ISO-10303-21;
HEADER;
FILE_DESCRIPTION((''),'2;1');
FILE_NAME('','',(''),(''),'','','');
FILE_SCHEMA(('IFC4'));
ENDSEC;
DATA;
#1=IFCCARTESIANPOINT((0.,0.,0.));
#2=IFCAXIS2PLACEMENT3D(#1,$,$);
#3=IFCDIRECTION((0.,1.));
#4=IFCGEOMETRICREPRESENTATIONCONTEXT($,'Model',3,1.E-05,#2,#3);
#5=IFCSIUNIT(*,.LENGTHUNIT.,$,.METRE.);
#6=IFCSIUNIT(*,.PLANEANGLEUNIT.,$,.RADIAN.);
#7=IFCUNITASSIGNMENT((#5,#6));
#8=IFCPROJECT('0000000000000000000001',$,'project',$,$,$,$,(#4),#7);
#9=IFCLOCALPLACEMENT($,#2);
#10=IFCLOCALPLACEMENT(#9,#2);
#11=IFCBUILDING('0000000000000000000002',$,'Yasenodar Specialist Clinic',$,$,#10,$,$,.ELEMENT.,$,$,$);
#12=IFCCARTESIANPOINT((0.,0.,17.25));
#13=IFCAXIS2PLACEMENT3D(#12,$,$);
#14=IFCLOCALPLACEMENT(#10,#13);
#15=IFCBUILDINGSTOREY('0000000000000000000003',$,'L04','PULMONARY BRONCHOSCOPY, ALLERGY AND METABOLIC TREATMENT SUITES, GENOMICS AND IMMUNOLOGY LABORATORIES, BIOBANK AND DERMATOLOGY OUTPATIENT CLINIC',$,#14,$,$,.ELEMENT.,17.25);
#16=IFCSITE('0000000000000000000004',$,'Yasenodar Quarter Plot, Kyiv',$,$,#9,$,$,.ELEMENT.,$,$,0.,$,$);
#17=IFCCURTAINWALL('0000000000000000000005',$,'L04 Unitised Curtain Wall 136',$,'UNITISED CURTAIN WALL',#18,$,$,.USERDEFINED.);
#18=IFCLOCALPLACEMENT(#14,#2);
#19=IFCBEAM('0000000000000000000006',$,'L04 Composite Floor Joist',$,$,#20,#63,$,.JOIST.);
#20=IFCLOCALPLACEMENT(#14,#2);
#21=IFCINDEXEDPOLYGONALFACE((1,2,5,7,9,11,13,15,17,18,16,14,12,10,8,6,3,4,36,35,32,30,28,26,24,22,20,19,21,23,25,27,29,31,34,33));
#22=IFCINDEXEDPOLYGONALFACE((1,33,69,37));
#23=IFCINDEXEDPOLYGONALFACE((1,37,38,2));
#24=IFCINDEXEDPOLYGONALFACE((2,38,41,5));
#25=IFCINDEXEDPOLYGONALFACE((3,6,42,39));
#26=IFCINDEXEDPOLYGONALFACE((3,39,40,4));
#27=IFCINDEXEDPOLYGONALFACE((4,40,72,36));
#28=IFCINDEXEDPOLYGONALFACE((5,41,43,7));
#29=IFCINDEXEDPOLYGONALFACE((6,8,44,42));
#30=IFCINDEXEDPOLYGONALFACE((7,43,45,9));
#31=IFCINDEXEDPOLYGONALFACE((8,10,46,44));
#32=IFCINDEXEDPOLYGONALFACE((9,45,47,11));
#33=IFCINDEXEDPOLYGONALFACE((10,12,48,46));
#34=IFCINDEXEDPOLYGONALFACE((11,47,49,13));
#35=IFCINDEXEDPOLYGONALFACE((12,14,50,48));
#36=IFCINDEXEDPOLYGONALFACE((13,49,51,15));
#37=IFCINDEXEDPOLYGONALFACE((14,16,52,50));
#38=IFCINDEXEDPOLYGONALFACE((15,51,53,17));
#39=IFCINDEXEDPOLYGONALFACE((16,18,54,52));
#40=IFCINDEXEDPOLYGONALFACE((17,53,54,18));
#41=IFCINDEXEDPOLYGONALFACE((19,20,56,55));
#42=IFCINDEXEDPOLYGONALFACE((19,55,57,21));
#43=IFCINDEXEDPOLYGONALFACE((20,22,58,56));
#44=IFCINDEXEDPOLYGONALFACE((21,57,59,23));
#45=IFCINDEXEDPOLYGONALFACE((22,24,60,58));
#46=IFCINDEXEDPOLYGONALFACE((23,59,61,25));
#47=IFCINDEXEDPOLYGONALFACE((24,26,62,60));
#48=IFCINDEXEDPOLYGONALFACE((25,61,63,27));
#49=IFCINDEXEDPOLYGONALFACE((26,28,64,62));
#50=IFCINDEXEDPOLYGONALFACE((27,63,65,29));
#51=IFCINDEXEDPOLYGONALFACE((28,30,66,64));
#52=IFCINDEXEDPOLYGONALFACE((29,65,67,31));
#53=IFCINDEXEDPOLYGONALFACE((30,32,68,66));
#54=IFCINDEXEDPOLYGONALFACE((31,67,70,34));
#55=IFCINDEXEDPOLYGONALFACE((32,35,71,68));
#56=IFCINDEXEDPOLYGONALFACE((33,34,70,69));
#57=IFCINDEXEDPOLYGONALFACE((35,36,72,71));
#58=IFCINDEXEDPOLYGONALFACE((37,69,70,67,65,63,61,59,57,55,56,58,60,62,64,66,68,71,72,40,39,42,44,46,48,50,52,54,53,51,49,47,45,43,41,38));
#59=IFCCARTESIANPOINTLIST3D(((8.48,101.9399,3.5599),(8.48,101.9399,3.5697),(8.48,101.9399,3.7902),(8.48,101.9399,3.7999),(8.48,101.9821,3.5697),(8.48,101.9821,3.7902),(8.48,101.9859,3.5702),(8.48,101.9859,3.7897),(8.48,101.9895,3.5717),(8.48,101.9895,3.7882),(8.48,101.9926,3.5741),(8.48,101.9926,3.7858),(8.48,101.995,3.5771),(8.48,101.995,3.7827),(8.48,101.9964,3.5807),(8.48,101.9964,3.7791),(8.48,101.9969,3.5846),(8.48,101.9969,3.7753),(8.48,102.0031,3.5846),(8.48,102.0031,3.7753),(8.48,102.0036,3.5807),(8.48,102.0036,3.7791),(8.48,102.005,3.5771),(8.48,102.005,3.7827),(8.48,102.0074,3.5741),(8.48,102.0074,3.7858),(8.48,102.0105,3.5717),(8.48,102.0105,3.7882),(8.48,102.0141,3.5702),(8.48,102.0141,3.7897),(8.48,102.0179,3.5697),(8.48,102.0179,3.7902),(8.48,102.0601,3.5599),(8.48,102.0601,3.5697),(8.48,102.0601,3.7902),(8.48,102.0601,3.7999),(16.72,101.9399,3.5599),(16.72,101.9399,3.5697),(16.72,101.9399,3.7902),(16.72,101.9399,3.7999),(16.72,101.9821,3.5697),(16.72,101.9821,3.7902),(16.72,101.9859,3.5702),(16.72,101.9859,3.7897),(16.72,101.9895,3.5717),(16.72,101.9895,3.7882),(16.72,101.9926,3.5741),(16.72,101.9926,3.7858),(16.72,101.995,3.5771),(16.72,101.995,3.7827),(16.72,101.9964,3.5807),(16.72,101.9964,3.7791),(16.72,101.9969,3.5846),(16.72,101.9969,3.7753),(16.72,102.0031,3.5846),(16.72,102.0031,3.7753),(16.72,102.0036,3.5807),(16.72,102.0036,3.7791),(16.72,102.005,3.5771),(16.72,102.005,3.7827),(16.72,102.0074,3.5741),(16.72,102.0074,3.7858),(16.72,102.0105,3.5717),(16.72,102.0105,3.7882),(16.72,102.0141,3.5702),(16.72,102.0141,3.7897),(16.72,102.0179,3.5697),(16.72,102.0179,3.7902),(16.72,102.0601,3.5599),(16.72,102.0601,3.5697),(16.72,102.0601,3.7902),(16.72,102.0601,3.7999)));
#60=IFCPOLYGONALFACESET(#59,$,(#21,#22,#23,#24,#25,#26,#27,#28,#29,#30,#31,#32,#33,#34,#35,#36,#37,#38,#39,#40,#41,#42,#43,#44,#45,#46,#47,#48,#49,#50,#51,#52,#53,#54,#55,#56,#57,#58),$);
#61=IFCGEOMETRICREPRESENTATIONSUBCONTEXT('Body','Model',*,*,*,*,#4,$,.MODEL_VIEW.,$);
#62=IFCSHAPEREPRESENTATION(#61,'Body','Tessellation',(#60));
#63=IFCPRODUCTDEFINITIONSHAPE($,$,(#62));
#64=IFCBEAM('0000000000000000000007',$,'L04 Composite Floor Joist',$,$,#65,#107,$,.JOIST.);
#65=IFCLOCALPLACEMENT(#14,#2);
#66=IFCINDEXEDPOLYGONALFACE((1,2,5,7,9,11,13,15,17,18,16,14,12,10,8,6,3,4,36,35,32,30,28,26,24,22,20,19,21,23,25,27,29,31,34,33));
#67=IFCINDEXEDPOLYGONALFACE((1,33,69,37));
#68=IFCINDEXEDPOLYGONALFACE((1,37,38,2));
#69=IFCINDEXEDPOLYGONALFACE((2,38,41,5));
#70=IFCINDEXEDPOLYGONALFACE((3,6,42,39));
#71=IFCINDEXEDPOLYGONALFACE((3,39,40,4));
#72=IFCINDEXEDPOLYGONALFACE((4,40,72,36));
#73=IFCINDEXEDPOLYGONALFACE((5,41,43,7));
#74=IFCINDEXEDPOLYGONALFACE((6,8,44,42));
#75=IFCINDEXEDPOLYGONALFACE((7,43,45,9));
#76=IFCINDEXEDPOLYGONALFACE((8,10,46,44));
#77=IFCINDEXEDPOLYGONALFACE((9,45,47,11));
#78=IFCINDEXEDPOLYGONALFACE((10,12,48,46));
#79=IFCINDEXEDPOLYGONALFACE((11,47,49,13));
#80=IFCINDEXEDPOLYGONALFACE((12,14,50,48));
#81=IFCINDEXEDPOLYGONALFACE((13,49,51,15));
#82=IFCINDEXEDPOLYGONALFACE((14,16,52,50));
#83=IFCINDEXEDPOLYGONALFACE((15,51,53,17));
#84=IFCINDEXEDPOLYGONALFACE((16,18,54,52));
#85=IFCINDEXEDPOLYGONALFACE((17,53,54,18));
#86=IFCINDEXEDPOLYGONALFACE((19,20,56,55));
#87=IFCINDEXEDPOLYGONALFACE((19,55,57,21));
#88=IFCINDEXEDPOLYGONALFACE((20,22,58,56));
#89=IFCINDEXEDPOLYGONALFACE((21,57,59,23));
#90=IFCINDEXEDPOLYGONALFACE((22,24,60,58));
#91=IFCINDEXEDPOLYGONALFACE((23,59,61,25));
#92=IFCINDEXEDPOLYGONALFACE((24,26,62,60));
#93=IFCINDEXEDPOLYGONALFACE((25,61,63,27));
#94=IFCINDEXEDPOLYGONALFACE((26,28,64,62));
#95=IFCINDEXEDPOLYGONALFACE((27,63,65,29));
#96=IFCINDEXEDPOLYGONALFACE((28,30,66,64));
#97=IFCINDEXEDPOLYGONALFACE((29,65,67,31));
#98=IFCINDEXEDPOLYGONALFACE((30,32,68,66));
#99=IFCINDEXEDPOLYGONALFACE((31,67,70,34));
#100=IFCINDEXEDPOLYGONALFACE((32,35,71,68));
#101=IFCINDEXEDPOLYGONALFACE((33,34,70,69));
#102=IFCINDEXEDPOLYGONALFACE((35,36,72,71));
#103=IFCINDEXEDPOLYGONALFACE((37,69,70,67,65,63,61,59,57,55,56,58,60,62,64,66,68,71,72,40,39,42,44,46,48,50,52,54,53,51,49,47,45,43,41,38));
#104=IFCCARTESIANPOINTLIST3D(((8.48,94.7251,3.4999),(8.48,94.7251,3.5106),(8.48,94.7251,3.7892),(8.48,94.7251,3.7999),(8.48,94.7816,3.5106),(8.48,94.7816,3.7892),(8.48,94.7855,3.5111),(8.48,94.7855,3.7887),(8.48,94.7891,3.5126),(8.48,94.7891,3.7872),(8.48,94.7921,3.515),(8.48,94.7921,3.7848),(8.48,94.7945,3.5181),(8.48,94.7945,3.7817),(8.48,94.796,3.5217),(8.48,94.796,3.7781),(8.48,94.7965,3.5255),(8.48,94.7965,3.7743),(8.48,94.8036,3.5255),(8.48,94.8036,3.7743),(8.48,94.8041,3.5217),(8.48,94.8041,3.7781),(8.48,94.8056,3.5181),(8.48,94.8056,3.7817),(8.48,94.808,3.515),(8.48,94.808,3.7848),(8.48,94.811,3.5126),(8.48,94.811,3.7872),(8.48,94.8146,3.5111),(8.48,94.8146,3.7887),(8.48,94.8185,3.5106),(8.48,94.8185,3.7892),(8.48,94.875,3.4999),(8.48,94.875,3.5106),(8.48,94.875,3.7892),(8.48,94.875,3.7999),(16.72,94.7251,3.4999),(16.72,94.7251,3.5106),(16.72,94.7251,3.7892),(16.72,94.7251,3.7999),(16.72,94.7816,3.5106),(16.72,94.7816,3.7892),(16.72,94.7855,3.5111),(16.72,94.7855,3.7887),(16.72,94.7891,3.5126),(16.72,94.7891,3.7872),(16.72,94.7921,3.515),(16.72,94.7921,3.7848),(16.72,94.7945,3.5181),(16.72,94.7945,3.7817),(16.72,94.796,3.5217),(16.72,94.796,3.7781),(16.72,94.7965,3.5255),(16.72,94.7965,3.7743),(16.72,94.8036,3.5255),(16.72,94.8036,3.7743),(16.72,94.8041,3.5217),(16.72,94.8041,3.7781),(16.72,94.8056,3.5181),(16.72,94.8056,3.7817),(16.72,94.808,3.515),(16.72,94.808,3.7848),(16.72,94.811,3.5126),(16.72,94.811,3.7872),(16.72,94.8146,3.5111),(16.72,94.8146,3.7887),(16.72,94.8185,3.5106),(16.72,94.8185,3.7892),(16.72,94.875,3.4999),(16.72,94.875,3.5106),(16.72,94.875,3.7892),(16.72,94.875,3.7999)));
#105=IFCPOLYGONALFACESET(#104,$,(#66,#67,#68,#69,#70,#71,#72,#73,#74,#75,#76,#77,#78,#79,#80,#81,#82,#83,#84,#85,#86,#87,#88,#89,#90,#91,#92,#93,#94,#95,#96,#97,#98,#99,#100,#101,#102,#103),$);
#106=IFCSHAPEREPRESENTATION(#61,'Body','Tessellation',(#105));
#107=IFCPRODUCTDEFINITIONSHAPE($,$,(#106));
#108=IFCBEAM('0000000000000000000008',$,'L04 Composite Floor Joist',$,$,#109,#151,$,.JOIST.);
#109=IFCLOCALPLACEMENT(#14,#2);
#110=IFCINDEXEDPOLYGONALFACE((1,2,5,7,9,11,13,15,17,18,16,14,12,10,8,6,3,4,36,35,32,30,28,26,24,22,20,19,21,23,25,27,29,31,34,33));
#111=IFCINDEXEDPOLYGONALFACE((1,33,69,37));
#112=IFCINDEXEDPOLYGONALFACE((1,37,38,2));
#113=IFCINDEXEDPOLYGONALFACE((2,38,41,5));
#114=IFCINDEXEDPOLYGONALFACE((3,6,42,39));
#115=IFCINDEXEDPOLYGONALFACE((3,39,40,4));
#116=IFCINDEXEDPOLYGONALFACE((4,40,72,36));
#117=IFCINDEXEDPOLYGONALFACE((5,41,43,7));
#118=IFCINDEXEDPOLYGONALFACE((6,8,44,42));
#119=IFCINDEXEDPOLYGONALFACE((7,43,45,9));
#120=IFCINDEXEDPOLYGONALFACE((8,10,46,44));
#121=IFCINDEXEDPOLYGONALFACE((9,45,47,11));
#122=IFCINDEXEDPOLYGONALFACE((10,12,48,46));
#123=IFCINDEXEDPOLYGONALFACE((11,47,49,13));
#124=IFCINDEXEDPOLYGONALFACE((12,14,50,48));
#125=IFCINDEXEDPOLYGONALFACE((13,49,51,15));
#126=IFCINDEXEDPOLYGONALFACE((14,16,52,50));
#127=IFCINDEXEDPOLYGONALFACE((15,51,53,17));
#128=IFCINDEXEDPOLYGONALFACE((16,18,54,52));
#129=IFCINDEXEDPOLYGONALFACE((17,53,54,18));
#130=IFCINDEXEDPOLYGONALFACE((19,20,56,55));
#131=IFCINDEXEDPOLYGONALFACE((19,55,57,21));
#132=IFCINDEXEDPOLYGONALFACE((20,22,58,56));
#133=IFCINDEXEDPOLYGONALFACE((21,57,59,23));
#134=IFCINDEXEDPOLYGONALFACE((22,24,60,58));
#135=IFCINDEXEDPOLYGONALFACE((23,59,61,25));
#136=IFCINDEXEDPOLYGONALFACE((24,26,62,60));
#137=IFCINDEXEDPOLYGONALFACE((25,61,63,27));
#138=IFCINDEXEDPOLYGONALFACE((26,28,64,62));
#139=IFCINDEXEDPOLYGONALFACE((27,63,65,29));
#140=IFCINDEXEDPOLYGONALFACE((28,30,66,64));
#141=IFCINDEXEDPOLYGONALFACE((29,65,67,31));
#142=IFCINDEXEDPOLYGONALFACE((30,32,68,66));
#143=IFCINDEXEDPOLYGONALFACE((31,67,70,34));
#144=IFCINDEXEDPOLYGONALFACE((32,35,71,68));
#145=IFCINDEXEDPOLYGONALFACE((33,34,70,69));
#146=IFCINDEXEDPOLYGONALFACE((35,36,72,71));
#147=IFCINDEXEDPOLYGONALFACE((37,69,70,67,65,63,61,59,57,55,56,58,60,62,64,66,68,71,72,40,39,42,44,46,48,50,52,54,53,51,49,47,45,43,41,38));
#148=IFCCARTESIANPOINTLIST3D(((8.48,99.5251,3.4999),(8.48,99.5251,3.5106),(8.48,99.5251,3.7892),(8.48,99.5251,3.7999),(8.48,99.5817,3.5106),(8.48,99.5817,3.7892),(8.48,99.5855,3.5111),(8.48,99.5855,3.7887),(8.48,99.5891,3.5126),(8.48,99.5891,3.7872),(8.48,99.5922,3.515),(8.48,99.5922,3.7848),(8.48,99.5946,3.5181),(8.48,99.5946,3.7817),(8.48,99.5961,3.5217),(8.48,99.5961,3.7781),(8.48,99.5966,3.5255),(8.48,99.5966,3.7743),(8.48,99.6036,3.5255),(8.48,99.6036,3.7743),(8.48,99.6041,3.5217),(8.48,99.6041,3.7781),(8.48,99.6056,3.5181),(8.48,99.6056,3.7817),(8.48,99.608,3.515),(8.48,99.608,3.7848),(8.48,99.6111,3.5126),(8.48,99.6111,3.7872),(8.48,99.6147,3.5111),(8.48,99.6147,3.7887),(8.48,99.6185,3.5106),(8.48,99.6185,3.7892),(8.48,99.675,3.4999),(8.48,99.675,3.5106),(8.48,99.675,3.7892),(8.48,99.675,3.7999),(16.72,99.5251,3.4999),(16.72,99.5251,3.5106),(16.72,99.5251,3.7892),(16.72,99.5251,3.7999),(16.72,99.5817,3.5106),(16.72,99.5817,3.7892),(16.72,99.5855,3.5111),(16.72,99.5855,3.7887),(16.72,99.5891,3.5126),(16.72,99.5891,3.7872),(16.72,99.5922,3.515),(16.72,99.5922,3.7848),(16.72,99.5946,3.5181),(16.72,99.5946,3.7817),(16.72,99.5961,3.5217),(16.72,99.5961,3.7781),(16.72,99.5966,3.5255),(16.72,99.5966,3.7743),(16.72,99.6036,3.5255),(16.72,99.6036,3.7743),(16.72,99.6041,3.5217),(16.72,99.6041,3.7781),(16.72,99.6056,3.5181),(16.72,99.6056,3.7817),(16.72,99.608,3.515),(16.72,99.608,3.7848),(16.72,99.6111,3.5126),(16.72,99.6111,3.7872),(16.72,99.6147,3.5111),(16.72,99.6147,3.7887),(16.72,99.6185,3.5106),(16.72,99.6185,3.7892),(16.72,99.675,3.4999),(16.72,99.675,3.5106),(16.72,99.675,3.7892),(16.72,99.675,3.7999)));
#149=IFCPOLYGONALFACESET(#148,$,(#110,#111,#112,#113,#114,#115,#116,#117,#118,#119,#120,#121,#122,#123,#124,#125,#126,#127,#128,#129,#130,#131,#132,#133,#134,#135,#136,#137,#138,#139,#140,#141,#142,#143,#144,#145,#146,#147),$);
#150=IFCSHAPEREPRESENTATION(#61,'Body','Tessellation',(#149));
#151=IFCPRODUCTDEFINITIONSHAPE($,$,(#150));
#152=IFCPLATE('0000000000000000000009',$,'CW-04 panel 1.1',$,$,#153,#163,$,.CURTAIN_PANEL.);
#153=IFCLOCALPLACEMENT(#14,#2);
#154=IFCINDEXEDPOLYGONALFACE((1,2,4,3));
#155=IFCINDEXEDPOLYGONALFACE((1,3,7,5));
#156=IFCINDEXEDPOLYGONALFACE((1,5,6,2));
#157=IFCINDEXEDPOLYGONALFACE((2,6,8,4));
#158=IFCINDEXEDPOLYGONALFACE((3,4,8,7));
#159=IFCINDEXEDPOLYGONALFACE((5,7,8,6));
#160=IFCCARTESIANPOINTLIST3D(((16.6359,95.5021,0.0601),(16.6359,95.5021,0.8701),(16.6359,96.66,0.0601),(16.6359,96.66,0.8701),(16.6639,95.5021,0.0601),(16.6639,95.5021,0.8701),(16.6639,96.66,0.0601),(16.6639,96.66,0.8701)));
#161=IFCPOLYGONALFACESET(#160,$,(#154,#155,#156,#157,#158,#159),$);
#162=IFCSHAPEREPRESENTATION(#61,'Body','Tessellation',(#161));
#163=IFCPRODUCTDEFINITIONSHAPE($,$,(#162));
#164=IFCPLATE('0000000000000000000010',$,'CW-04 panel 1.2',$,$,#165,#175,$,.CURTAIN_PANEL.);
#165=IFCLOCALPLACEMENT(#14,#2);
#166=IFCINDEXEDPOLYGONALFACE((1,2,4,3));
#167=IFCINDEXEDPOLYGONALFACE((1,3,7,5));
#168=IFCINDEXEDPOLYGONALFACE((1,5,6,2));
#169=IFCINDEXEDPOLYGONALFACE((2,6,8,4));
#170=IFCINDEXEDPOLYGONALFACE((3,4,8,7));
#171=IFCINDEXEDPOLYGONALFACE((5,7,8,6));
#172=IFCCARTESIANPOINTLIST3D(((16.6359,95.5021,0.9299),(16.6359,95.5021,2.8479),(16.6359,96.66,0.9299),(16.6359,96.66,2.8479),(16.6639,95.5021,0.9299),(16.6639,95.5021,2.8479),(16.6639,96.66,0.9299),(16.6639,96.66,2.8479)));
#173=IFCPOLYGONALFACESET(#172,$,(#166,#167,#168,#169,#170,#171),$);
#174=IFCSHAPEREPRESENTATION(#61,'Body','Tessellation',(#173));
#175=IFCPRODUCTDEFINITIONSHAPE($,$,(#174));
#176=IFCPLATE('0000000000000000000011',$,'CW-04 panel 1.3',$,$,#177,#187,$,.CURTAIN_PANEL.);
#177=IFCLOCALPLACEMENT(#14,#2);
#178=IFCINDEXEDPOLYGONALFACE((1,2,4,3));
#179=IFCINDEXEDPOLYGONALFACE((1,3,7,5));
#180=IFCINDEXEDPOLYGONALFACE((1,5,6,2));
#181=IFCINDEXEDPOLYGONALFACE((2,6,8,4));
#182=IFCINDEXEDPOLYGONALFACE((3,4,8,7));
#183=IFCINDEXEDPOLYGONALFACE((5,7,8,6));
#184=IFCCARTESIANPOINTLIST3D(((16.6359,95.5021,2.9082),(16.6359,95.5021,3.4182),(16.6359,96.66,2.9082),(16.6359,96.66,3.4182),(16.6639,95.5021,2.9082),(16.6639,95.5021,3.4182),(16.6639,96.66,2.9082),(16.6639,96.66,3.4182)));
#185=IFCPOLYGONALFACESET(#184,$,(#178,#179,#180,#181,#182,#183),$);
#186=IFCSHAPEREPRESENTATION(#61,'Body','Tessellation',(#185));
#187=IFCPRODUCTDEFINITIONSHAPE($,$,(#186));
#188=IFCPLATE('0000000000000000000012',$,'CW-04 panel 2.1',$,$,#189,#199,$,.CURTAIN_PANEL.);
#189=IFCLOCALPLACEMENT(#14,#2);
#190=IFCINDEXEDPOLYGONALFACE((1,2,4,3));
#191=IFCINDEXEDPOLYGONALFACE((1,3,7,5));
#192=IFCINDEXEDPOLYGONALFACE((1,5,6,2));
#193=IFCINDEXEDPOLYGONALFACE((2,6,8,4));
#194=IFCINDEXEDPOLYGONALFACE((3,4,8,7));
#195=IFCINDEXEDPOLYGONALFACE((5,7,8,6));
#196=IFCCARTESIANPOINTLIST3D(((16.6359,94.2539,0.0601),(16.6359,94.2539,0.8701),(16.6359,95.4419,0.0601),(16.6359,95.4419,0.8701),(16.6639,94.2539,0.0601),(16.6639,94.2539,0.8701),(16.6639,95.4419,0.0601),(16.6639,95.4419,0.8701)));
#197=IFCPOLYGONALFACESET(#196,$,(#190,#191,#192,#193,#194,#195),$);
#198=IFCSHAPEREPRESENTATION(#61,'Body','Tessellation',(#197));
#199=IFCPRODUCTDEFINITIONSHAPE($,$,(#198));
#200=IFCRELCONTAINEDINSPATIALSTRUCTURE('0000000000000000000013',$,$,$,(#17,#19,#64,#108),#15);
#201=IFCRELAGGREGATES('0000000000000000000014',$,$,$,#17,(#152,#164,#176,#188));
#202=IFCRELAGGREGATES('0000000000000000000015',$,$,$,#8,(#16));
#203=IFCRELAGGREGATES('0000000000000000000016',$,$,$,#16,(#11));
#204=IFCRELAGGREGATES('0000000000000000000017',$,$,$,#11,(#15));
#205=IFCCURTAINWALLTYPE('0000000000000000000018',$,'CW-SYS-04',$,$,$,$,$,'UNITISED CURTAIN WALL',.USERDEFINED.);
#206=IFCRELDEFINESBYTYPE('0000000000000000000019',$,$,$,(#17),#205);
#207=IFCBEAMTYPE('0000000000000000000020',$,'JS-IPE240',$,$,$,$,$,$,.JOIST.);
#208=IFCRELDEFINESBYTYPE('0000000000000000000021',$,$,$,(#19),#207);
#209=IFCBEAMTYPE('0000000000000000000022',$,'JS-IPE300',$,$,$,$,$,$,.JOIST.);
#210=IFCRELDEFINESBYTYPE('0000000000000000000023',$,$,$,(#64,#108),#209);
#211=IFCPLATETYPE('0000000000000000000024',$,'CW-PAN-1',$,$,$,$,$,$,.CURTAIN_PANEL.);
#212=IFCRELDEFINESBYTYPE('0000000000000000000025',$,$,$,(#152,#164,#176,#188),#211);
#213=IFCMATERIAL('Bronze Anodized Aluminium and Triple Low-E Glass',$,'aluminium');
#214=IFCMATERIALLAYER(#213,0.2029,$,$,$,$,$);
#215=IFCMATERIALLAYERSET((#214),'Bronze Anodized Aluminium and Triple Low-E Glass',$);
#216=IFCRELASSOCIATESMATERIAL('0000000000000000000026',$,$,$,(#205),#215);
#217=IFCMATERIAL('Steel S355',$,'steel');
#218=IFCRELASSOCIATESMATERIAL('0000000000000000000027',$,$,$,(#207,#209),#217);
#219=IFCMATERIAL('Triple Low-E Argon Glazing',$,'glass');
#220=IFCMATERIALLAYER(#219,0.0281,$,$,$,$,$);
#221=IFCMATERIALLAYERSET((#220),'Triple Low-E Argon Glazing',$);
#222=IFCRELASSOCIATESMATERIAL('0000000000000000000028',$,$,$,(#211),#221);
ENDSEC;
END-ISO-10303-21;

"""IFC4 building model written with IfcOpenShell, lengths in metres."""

from ifc_helpers import new_model, si_unit, direction, frame, origin, origin_2d, place, context, subcontext, project, spatial, rectangle, i_section, extrude, material, layer, layer_set, material_profile, profile_set, type_object, element, aggregate, save


model = new_model("IFC4")

# Units and contexts
model_context = context("Model", 3, precision=1e-05, world=origin(), true_north=direction((0.0, 1.0)))
body_context = subcontext(model_context, "Body", "Model", "MODEL_VIEW")
ifc_project = project(units=[si_unit("LENGTHUNIT", "METRE"), si_unit("PLANEANGLEUNIT", "RADIAN")], contexts=[model_context])

# Site, building, storey
site_placement = place(None, origin())
site = spatial("IfcSite", under=ifc_project, at=site_placement, Name="Yasenodar Quarter Plot, Kyiv", CompositionType="ELEMENT", RefElevation=0.0)
building_placement = place(site_placement, origin())
building = spatial("IfcBuilding", under=site, at=building_placement, Name="Yasenodar Specialist Clinic", CompositionType="ELEMENT")
storey_placement = place(building_placement, frame((0.0, 0.0, 17.25)))
storey = spatial("IfcBuildingStorey", under=building, at=storey_placement, Name="L04", Description="PULMONARY BRONCHOSCOPY, ALLERGY AND METABOLIC TREATMENT SUITES, GENOMICS AND IMMUNOLOGY LABORATORIES, BIOBANK AND DERMATOLOGY OUTPATIENT CLINIC", CompositionType="ELEMENT", Elevation=17.25)

# Curtain wall
ifc_material_1 = material(Name="Bronze Anodized Aluminium and Triple Low-E Glass", Category="aluminium")
ifc_layer_1 = layer(ifc_material_1, 0.2029)
ifc_layer_set_1 = layer_set([ifc_layer_1], Name="Bronze Anodized Aluminium and Triple Low-E Glass")
curtain_wall_type = type_object("IfcCurtainWallType", Name="CW-SYS-04", ElementType="UNITISED CURTAIN WALL", PredefinedType="USERDEFINED", material=ifc_layer_set_1)
curtain_wall_placement = place(storey_placement, origin())
curtain_wall = element("IfcCurtainWall", 1, at=curtain_wall_placement, inside=storey, type_object=curtain_wall_type, Name="L04 Unitised Curtain Wall 136", ObjectType="UNITISED CURTAIN WALL", PredefinedType="USERDEFINED")

# Beams
ifc_material_2 = material(Name="Steel S355", Category="steel")
ifc_material_profile_1 = material_profile(ifc_material_2, i_section(OverallWidth=0.1201, OverallDepth=0.24, WebThickness=0.0061, FlangeThickness=0.0098, FilletRadius=0.0149, at=origin_2d()), Name="IPE 240")
ifc_profile_set_1 = profile_set([ifc_material_profile_1], Name="Steel S355")
beam_type_1 = type_object("IfcBeamType", Name="JS-IPE240", PredefinedType="JOIST", material=ifc_profile_set_1)
beam_placement = place(storey_placement, frame((8.48, 102.0, 3.6799), z_axis=(1.0, 0.0, 0.0), x_axis=(0.0, 1.0, 0.0)))
element("IfcBeam", 2, at=beam_placement, inside=storey, type_object=beam_type_1, Name="L04 Composite Floor Joist", PredefinedType="JOIST", context=body_context, shape_type="SweptSolid", body=[
    extrude(i_section(OverallWidth=0.1201, OverallDepth=0.24, WebThickness=0.0061, FlangeThickness=0.0098, FilletRadius=0.0149, at=origin_2d()), origin(), (0.0, 0.0, 1.0), 8.24),
])
ifc_material_profile_2 = material_profile(ifc_material_2, i_section(OverallWidth=0.1499, OverallDepth=0.3, WebThickness=0.0071, FlangeThickness=0.0107, FilletRadius=0.0149, at=origin_2d()), Name="IPE 300")
ifc_profile_set_2 = profile_set([ifc_material_profile_2], Name="Steel S355")
beam_type_2 = type_object("IfcBeamType", Name="JS-IPE300", PredefinedType="JOIST", material=ifc_profile_set_2)
for number, where, z_axis, x_axis, name in (
    (3, (8.48, 94.8, 3.6499), (1.0, 0.0, 0.0), (0.0, 1.0, 0.0), "L04 Composite Floor Joist"),
    (4, (8.48, 99.6001, 3.6499), (1.0, 0.0, 0.0), (0.0, 1.0, 0.0), "L04 Composite Floor Joist"),
):
    element("IfcBeam", number, at=place(storey_placement, frame(where, z_axis=z_axis, x_axis=x_axis)), inside=storey, type_object=beam_type_2, Name=name, PredefinedType="JOIST", context=body_context, shape_type="SweptSolid", body=[
        extrude(i_section(OverallWidth=0.1499, OverallDepth=0.3, WebThickness=0.0071, FlangeThickness=0.0107, FilletRadius=0.0149, at=origin_2d()), origin(), (0.0, 0.0, 1.0), 8.24),
    ])

# Plates
ifc_material_3 = material(Name="Triple Low-E Argon Glazing", Category="glass")
ifc_layer_2 = layer(ifc_material_3, 0.0281)
ifc_layer_set_2 = layer_set([ifc_layer_2], Name="Triple Low-E Argon Glazing")
plate_type = type_object("IfcPlateType", Name="CW-PAN-1", PredefinedType="CURTAIN_PANEL", material=ifc_layer_set_2)
plate_1_placement = place(storey_placement, frame((16.6499, 96.0811, 0.0601), z_axis=(0.0, 0.0, 1.0), x_axis=(0.0, -1.0, 0.0)))
plate_1 = element("IfcPlate", 5, at=plate_1_placement, type_object=plate_type, Name="CW-04 panel 1.1", PredefinedType="CURTAIN_PANEL", context=body_context, shape_type="SweptSolid", body=[
    extrude(rectangle(XDim=1.158, YDim=0.0281, at=origin_2d()), origin(), (0.0, 0.0, 1.0), 0.8101),
])
plate_2_placement = place(storey_placement, frame((16.6499, 96.0811, 0.9299), z_axis=(0.0, 0.0, 1.0), x_axis=(0.0, -1.0, 0.0)))
plate_2 = element("IfcPlate", 6, at=plate_2_placement, type_object=plate_type, Name="CW-04 panel 1.2", PredefinedType="CURTAIN_PANEL", context=body_context, shape_type="SweptSolid", body=[
    extrude(rectangle(XDim=1.158, YDim=0.0281, at=origin_2d()), origin(), (0.0, 0.0, 1.0), 1.918),
])
plate_3_placement = place(storey_placement, frame((16.6499, 96.0811, 2.9082), z_axis=(0.0, 0.0, 1.0), x_axis=(0.0, -1.0, 0.0)))
plate_3 = element("IfcPlate", 7, at=plate_3_placement, type_object=plate_type, Name="CW-04 panel 1.3", PredefinedType="CURTAIN_PANEL", context=body_context, shape_type="SweptSolid", body=[
    extrude(rectangle(XDim=1.158, YDim=0.0281, at=origin_2d()), origin(), (0.0, 0.0, 1.0), 0.51),
])
plate_4_placement = place(storey_placement, frame((16.6499, 94.8479, 0.0601), z_axis=(0.0, 0.0, 1.0), x_axis=(0.0, -1.0, 0.0)))
plate_4 = element("IfcPlate", 8, at=plate_4_placement, type_object=plate_type, Name="CW-04 panel 2.1", PredefinedType="CURTAIN_PANEL", context=body_context, shape_type="SweptSolid", body=[
    extrude(rectangle(XDim=1.188, YDim=0.0281, at=origin_2d()), origin(), (0.0, 0.0, 1.0), 0.8101),
])
aggregate(curtain_wall, [plate_1, plate_2, plate_3, plate_4])

save(model, "model.ifc")
